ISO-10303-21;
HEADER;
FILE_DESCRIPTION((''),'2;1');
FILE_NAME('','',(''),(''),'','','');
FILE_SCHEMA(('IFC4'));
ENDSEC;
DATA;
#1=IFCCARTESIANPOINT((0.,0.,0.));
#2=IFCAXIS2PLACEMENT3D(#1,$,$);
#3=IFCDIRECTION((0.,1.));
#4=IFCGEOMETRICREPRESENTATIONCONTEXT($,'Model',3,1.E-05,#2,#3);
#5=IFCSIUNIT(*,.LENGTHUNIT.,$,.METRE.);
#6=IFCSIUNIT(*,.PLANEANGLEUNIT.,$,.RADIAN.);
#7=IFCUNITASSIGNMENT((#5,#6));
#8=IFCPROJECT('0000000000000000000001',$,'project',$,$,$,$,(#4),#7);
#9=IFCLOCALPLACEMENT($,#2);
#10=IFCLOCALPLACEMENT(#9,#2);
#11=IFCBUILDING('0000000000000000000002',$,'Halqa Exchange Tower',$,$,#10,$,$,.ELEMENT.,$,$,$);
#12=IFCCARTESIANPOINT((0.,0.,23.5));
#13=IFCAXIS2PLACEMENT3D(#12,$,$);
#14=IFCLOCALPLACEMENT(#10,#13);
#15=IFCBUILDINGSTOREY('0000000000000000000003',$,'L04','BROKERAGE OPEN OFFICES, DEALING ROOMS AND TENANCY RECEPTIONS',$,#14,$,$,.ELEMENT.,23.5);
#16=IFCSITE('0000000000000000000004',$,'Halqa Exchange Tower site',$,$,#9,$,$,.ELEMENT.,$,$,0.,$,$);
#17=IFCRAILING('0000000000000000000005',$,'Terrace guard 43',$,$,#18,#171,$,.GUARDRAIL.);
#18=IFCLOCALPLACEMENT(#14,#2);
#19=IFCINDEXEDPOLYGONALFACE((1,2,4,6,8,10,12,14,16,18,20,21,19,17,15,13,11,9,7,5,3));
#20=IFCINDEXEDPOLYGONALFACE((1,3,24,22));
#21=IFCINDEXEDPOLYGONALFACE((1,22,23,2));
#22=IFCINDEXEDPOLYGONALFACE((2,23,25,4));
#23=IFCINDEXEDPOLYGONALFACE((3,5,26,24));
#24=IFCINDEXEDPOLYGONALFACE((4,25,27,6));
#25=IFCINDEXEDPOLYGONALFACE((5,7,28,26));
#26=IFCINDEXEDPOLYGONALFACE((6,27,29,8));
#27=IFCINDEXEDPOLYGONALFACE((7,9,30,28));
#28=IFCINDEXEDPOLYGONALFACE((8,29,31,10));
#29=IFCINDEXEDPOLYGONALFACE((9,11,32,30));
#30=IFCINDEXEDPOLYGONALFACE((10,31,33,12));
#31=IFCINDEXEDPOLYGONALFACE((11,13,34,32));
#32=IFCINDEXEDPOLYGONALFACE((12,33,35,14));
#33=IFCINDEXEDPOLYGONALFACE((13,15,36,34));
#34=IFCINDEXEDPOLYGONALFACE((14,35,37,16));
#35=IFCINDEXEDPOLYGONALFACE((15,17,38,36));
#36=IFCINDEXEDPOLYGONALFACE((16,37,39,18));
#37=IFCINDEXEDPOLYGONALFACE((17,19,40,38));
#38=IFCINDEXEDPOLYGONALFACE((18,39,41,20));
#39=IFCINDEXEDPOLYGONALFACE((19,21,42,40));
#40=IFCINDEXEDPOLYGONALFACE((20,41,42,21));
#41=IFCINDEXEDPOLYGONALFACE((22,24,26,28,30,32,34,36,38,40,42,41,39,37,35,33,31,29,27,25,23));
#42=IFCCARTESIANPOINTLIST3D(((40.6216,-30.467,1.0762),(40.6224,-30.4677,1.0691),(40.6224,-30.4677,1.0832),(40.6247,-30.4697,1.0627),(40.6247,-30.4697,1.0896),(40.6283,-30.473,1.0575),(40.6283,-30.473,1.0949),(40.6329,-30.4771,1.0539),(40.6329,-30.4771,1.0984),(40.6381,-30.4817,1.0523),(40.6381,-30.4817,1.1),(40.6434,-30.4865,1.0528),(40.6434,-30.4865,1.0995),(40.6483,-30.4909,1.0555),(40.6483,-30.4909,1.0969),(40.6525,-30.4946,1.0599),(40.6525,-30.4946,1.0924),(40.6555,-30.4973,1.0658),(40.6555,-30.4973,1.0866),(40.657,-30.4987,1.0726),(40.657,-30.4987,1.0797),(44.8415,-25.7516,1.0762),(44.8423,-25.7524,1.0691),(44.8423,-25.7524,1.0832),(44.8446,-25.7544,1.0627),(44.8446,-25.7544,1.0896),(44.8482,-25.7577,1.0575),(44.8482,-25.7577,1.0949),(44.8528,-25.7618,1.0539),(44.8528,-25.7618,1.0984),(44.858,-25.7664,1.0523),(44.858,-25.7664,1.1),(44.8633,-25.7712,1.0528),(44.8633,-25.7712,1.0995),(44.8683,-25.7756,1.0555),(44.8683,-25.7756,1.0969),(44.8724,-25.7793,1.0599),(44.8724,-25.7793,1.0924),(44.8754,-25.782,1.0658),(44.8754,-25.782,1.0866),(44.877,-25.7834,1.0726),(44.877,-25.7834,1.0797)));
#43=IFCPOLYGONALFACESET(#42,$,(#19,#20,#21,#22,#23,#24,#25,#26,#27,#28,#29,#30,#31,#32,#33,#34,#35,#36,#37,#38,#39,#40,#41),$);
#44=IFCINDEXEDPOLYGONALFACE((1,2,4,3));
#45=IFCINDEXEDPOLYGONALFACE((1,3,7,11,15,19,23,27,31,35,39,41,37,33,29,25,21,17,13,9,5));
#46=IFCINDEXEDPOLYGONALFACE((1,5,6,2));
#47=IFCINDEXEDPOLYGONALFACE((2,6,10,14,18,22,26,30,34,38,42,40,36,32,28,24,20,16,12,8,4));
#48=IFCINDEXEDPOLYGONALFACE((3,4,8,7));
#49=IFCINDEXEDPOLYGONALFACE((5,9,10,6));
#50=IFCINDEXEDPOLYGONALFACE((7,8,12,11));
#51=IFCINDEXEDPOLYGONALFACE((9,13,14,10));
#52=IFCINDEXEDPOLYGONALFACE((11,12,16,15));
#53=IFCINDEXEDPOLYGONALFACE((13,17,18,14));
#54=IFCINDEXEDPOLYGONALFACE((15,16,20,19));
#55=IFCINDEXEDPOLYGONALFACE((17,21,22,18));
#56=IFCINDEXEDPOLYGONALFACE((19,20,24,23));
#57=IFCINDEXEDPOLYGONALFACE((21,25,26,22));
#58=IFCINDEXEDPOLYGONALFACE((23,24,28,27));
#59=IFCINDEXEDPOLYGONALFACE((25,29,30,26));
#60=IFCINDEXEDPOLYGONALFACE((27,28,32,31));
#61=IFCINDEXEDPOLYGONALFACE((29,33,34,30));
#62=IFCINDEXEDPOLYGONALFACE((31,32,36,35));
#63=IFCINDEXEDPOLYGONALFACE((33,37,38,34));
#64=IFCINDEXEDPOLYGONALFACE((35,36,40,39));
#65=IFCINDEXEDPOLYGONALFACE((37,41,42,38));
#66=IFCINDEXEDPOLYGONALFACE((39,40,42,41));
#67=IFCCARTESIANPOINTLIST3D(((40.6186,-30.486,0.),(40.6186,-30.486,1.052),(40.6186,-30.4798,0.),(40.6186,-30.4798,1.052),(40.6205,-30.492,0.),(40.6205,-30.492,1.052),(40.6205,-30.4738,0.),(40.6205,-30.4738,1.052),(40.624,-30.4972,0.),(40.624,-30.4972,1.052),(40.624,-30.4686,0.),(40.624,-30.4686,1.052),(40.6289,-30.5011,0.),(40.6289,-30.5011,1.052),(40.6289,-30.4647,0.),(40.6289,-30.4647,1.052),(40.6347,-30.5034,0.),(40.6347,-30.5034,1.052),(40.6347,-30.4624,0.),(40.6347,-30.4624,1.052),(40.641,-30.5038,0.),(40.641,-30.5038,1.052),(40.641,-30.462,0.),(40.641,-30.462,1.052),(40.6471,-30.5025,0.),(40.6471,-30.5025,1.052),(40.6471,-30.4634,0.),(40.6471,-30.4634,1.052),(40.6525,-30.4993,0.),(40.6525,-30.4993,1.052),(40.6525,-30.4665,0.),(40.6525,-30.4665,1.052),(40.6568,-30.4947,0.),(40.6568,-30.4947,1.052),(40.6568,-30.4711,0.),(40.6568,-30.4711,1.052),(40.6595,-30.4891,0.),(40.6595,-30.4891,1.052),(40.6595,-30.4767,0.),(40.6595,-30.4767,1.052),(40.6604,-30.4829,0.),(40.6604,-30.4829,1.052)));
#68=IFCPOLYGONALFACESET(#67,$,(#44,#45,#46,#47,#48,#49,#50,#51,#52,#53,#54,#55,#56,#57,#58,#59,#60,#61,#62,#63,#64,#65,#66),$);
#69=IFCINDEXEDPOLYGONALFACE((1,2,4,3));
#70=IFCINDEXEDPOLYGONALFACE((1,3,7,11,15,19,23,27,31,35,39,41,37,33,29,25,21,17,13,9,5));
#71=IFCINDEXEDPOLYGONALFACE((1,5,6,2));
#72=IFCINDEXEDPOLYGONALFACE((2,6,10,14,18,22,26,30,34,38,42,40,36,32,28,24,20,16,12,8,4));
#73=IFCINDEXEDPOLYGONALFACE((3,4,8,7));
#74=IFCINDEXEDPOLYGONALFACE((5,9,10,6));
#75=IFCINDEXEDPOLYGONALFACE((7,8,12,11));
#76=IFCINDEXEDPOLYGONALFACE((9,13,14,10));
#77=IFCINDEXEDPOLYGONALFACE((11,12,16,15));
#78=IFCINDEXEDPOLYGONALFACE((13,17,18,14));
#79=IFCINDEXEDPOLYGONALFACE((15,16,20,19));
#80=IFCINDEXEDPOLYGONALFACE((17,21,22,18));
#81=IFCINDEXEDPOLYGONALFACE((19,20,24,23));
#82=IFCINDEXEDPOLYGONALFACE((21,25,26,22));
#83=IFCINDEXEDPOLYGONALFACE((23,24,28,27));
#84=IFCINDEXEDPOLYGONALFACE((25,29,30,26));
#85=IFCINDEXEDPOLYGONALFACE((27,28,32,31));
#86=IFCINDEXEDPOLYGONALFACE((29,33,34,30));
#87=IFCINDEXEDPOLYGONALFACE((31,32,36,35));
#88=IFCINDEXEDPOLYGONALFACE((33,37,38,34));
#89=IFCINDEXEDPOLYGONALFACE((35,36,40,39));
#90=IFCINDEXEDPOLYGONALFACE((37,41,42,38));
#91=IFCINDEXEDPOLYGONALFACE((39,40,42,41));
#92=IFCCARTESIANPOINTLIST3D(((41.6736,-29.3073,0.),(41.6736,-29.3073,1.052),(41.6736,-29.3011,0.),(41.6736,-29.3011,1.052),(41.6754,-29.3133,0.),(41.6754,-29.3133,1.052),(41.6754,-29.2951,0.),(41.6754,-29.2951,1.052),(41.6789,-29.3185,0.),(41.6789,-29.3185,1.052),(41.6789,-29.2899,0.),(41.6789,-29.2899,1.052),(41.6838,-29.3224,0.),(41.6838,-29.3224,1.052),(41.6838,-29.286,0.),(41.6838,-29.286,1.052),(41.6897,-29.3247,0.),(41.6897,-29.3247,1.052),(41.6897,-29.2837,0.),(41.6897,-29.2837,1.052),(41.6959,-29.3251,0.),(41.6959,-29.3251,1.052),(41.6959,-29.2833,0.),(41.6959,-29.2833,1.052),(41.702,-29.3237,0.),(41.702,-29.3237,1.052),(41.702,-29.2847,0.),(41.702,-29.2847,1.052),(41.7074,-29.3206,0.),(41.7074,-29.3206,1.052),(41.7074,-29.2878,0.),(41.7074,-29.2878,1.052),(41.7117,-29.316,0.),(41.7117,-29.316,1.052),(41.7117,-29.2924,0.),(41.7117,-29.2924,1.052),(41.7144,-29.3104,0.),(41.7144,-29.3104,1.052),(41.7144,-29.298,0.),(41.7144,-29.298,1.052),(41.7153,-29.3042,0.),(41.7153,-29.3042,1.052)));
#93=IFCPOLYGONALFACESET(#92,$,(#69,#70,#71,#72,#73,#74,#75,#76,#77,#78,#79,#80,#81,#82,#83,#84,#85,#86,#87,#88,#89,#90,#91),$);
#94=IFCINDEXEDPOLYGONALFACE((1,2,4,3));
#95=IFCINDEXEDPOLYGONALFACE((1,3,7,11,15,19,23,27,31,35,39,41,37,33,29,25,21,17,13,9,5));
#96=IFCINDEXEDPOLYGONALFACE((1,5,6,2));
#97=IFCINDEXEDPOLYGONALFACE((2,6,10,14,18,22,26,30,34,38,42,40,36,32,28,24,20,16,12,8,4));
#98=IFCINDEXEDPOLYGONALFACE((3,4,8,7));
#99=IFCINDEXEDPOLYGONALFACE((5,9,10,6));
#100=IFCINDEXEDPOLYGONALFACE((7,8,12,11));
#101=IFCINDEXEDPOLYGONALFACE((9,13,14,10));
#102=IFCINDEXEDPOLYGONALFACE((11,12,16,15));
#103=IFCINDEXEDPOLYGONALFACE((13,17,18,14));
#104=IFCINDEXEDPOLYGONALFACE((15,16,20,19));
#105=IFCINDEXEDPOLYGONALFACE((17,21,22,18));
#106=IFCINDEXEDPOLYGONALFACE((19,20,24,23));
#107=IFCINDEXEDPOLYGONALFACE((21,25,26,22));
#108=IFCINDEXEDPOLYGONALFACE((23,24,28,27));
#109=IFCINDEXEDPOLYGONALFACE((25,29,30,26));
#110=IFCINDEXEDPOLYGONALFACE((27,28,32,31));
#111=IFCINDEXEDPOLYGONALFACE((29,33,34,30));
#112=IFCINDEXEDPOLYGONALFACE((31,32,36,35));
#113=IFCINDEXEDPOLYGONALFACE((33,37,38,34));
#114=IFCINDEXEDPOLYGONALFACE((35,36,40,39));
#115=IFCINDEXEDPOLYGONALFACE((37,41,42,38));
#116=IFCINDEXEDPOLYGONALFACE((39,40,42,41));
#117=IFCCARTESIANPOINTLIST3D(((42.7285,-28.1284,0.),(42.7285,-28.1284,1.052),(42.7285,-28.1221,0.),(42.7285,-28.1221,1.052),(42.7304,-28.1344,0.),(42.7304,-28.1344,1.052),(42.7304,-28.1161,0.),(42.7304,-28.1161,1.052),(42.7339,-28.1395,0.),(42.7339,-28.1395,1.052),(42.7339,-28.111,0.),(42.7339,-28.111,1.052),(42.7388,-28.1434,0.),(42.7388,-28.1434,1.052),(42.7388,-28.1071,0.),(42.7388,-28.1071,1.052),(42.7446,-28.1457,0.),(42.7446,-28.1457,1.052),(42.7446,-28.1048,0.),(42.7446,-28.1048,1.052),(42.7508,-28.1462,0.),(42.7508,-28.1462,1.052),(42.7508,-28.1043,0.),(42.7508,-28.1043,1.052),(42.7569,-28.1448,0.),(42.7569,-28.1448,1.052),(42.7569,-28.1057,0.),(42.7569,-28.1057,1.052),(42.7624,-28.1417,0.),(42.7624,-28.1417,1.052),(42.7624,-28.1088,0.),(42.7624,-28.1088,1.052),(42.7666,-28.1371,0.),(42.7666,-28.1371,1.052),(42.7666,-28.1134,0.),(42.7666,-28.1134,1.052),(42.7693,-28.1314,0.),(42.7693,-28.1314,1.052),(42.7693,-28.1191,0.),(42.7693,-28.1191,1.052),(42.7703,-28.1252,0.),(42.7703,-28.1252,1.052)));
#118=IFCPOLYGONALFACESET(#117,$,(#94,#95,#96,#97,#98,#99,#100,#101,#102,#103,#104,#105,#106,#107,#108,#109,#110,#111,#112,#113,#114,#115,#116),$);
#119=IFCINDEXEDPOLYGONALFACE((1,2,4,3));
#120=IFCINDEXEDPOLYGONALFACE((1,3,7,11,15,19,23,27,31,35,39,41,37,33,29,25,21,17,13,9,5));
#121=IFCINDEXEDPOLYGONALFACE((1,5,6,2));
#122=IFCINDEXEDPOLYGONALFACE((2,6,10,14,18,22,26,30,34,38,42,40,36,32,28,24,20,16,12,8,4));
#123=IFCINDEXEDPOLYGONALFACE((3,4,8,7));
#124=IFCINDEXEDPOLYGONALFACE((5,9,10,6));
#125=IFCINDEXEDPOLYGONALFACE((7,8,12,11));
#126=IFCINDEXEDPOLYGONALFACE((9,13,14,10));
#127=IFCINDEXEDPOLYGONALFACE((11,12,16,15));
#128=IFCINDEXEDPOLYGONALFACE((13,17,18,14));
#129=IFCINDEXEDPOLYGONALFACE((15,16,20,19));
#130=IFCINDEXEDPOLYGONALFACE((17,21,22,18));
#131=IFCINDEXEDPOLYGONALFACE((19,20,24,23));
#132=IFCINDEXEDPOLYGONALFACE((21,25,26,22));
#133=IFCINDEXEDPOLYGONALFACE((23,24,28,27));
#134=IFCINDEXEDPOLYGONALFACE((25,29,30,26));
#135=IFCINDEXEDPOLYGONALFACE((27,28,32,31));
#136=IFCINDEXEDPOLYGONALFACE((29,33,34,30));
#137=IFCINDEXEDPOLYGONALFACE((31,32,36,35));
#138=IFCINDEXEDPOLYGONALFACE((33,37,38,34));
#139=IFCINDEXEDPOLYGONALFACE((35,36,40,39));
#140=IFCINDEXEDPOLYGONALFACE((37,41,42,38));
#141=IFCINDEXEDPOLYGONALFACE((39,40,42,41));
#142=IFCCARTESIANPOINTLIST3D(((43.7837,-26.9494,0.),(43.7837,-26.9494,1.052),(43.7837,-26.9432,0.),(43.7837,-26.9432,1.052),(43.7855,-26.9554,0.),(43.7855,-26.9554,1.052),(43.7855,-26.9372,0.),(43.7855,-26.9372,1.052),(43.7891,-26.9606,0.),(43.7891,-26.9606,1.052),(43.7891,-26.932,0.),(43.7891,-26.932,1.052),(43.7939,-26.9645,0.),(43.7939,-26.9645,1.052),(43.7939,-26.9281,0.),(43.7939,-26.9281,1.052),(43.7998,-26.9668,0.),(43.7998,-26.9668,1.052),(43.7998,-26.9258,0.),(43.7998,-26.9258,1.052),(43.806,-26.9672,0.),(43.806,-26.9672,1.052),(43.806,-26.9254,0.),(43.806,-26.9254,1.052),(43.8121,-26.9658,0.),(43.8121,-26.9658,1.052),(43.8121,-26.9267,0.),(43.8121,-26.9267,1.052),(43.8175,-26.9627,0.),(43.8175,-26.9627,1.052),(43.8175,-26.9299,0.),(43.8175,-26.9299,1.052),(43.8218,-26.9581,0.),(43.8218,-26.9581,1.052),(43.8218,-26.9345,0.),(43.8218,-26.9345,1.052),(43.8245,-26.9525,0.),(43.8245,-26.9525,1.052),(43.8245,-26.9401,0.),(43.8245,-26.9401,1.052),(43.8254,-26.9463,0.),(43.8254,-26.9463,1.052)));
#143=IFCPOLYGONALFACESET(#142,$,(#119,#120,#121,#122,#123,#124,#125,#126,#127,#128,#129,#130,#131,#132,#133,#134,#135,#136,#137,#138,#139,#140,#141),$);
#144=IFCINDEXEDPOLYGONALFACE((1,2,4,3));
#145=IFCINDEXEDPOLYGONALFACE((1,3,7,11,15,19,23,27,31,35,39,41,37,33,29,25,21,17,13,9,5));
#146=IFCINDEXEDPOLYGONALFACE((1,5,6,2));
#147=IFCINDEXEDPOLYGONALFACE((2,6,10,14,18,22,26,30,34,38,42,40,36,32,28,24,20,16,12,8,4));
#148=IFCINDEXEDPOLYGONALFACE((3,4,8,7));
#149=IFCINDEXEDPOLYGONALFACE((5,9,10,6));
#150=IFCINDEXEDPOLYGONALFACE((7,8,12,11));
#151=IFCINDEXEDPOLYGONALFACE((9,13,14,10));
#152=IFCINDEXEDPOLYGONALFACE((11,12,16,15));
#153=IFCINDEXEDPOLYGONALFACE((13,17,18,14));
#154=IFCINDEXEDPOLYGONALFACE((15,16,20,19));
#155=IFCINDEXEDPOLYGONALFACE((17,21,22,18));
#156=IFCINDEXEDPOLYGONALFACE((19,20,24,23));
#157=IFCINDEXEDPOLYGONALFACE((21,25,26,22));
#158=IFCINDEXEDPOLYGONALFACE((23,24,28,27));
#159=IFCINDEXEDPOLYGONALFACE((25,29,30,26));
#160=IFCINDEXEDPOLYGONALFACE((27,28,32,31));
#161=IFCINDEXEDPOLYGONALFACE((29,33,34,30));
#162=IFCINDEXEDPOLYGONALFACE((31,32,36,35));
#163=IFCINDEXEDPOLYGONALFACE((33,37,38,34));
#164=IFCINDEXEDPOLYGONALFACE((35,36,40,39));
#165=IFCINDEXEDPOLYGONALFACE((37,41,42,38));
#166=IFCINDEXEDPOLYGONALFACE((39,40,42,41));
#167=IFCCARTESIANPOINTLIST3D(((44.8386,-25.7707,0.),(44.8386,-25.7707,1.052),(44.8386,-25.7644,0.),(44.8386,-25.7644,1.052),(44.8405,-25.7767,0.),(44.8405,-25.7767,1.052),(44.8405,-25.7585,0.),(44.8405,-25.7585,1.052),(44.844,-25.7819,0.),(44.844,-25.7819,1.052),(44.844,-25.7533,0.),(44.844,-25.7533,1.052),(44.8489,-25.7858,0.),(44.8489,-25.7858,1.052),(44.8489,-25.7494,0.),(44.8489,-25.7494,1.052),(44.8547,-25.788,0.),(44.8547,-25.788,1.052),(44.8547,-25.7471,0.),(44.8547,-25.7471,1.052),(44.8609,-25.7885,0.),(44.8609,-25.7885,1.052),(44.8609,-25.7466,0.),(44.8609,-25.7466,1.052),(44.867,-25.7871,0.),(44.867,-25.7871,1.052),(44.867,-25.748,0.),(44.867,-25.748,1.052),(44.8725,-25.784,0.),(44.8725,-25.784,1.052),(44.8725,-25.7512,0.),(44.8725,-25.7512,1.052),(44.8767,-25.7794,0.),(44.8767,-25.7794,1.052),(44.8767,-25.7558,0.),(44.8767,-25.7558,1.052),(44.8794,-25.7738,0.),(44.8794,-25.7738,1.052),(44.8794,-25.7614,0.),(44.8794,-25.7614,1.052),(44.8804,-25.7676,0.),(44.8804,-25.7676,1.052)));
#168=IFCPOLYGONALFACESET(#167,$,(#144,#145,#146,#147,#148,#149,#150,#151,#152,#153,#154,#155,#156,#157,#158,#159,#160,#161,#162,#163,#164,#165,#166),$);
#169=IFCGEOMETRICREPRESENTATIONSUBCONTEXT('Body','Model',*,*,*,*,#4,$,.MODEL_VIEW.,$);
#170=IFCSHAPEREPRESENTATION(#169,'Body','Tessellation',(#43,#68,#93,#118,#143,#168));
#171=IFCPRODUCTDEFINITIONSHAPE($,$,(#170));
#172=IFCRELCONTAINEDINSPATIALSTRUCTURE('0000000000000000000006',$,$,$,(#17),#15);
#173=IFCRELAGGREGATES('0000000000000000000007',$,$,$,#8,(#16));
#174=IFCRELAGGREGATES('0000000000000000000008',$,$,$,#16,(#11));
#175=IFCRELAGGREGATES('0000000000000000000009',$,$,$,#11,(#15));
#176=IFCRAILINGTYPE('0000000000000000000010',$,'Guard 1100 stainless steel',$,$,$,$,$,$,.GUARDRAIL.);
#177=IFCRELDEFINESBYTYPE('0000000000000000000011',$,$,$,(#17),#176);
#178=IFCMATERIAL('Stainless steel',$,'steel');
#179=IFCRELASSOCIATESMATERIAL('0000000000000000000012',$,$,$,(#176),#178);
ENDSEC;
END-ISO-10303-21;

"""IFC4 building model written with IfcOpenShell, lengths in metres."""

from ifc_helpers import new_model, si_unit, direction, frame, origin, origin_2d, place, context, subcontext, project, spatial, circle, extrude, material, type_object, element, save


model = new_model("IFC4")

# Units and contexts
model_context = context("Model", 3, precision=1e-05, world=origin(), true_north=direction((0.0, 1.0)))
body_context = subcontext(model_context, "Body", "Model", "MODEL_VIEW")
ifc_project = project(units=[si_unit("LENGTHUNIT", "METRE"), si_unit("PLANEANGLEUNIT", "RADIAN")], contexts=[model_context])

# Site, building, storey
site_placement = place(None, origin())
site = spatial("IfcSite", under=ifc_project, at=site_placement, Name="Halqa Exchange Tower site", CompositionType="ELEMENT", RefElevation=0.0)
building_placement = place(site_placement, origin())
building = spatial("IfcBuilding", under=site, at=building_placement, Name="Halqa Exchange Tower", CompositionType="ELEMENT")
storey_placement = place(building_placement, frame((0.0, 0.0, 23.5)))
storey = spatial("IfcBuildingStorey", under=building, at=storey_placement, Name="L04", Description="BROKERAGE OPEN OFFICES, DEALING ROOMS AND TENANCY RECEPTIONS", CompositionType="ELEMENT", Elevation=23.5)

# Railing
ifc_material_1 = material(Name="Stainless steel", Category="steel")
railing_type = type_object("IfcRailingType", Name="Guard 1100 stainless steel", PredefinedType="GUARDRAIL", material=ifc_material_1)
railing_1_placement = place(storey_placement, frame((40.6394, -30.4829, 0.0)))
element("IfcRailing", 1, at=railing_1_placement, inside=storey, type_object=railing_type, Name="Terrace guard 43", PredefinedType="GUARDRAIL", context=body_context, shape_type="SweptSolid", body=[
    extrude(circle(Radius=0.0239, at=origin_2d()), frame((0.0, 0.0, 1.0762), z_axis=(0.666882, 0.745164, 0.0), x_axis=(-0.745164, 0.666882, 0.0)), (0.0, 0.0, 1.0), 6.3279),
    extrude(circle(Radius=0.021, at=origin_2d()), origin(), (0.0, 0.0, 1.0), 1.052),
    extrude(circle(Radius=0.021, at=origin_2d()), frame((1.0549, 1.1787, 0.0)), (0.0, 0.0, 1.0), 1.052),
    extrude(circle(Radius=0.021, at=origin_2d()), frame((2.1099, 2.3577, 0.0)), (0.0, 0.0, 1.0), 1.052),
    extrude(circle(Radius=0.021, at=origin_2d()), frame((3.165, 3.5366, 0.0)), (0.0, 0.0, 1.0), 1.052),
    extrude(circle(Radius=0.021, at=origin_2d()), frame((4.22, 4.7153, 0.0)), (0.0, 0.0, 1.0), 1.052),
])

save(model, "model.ifc")
